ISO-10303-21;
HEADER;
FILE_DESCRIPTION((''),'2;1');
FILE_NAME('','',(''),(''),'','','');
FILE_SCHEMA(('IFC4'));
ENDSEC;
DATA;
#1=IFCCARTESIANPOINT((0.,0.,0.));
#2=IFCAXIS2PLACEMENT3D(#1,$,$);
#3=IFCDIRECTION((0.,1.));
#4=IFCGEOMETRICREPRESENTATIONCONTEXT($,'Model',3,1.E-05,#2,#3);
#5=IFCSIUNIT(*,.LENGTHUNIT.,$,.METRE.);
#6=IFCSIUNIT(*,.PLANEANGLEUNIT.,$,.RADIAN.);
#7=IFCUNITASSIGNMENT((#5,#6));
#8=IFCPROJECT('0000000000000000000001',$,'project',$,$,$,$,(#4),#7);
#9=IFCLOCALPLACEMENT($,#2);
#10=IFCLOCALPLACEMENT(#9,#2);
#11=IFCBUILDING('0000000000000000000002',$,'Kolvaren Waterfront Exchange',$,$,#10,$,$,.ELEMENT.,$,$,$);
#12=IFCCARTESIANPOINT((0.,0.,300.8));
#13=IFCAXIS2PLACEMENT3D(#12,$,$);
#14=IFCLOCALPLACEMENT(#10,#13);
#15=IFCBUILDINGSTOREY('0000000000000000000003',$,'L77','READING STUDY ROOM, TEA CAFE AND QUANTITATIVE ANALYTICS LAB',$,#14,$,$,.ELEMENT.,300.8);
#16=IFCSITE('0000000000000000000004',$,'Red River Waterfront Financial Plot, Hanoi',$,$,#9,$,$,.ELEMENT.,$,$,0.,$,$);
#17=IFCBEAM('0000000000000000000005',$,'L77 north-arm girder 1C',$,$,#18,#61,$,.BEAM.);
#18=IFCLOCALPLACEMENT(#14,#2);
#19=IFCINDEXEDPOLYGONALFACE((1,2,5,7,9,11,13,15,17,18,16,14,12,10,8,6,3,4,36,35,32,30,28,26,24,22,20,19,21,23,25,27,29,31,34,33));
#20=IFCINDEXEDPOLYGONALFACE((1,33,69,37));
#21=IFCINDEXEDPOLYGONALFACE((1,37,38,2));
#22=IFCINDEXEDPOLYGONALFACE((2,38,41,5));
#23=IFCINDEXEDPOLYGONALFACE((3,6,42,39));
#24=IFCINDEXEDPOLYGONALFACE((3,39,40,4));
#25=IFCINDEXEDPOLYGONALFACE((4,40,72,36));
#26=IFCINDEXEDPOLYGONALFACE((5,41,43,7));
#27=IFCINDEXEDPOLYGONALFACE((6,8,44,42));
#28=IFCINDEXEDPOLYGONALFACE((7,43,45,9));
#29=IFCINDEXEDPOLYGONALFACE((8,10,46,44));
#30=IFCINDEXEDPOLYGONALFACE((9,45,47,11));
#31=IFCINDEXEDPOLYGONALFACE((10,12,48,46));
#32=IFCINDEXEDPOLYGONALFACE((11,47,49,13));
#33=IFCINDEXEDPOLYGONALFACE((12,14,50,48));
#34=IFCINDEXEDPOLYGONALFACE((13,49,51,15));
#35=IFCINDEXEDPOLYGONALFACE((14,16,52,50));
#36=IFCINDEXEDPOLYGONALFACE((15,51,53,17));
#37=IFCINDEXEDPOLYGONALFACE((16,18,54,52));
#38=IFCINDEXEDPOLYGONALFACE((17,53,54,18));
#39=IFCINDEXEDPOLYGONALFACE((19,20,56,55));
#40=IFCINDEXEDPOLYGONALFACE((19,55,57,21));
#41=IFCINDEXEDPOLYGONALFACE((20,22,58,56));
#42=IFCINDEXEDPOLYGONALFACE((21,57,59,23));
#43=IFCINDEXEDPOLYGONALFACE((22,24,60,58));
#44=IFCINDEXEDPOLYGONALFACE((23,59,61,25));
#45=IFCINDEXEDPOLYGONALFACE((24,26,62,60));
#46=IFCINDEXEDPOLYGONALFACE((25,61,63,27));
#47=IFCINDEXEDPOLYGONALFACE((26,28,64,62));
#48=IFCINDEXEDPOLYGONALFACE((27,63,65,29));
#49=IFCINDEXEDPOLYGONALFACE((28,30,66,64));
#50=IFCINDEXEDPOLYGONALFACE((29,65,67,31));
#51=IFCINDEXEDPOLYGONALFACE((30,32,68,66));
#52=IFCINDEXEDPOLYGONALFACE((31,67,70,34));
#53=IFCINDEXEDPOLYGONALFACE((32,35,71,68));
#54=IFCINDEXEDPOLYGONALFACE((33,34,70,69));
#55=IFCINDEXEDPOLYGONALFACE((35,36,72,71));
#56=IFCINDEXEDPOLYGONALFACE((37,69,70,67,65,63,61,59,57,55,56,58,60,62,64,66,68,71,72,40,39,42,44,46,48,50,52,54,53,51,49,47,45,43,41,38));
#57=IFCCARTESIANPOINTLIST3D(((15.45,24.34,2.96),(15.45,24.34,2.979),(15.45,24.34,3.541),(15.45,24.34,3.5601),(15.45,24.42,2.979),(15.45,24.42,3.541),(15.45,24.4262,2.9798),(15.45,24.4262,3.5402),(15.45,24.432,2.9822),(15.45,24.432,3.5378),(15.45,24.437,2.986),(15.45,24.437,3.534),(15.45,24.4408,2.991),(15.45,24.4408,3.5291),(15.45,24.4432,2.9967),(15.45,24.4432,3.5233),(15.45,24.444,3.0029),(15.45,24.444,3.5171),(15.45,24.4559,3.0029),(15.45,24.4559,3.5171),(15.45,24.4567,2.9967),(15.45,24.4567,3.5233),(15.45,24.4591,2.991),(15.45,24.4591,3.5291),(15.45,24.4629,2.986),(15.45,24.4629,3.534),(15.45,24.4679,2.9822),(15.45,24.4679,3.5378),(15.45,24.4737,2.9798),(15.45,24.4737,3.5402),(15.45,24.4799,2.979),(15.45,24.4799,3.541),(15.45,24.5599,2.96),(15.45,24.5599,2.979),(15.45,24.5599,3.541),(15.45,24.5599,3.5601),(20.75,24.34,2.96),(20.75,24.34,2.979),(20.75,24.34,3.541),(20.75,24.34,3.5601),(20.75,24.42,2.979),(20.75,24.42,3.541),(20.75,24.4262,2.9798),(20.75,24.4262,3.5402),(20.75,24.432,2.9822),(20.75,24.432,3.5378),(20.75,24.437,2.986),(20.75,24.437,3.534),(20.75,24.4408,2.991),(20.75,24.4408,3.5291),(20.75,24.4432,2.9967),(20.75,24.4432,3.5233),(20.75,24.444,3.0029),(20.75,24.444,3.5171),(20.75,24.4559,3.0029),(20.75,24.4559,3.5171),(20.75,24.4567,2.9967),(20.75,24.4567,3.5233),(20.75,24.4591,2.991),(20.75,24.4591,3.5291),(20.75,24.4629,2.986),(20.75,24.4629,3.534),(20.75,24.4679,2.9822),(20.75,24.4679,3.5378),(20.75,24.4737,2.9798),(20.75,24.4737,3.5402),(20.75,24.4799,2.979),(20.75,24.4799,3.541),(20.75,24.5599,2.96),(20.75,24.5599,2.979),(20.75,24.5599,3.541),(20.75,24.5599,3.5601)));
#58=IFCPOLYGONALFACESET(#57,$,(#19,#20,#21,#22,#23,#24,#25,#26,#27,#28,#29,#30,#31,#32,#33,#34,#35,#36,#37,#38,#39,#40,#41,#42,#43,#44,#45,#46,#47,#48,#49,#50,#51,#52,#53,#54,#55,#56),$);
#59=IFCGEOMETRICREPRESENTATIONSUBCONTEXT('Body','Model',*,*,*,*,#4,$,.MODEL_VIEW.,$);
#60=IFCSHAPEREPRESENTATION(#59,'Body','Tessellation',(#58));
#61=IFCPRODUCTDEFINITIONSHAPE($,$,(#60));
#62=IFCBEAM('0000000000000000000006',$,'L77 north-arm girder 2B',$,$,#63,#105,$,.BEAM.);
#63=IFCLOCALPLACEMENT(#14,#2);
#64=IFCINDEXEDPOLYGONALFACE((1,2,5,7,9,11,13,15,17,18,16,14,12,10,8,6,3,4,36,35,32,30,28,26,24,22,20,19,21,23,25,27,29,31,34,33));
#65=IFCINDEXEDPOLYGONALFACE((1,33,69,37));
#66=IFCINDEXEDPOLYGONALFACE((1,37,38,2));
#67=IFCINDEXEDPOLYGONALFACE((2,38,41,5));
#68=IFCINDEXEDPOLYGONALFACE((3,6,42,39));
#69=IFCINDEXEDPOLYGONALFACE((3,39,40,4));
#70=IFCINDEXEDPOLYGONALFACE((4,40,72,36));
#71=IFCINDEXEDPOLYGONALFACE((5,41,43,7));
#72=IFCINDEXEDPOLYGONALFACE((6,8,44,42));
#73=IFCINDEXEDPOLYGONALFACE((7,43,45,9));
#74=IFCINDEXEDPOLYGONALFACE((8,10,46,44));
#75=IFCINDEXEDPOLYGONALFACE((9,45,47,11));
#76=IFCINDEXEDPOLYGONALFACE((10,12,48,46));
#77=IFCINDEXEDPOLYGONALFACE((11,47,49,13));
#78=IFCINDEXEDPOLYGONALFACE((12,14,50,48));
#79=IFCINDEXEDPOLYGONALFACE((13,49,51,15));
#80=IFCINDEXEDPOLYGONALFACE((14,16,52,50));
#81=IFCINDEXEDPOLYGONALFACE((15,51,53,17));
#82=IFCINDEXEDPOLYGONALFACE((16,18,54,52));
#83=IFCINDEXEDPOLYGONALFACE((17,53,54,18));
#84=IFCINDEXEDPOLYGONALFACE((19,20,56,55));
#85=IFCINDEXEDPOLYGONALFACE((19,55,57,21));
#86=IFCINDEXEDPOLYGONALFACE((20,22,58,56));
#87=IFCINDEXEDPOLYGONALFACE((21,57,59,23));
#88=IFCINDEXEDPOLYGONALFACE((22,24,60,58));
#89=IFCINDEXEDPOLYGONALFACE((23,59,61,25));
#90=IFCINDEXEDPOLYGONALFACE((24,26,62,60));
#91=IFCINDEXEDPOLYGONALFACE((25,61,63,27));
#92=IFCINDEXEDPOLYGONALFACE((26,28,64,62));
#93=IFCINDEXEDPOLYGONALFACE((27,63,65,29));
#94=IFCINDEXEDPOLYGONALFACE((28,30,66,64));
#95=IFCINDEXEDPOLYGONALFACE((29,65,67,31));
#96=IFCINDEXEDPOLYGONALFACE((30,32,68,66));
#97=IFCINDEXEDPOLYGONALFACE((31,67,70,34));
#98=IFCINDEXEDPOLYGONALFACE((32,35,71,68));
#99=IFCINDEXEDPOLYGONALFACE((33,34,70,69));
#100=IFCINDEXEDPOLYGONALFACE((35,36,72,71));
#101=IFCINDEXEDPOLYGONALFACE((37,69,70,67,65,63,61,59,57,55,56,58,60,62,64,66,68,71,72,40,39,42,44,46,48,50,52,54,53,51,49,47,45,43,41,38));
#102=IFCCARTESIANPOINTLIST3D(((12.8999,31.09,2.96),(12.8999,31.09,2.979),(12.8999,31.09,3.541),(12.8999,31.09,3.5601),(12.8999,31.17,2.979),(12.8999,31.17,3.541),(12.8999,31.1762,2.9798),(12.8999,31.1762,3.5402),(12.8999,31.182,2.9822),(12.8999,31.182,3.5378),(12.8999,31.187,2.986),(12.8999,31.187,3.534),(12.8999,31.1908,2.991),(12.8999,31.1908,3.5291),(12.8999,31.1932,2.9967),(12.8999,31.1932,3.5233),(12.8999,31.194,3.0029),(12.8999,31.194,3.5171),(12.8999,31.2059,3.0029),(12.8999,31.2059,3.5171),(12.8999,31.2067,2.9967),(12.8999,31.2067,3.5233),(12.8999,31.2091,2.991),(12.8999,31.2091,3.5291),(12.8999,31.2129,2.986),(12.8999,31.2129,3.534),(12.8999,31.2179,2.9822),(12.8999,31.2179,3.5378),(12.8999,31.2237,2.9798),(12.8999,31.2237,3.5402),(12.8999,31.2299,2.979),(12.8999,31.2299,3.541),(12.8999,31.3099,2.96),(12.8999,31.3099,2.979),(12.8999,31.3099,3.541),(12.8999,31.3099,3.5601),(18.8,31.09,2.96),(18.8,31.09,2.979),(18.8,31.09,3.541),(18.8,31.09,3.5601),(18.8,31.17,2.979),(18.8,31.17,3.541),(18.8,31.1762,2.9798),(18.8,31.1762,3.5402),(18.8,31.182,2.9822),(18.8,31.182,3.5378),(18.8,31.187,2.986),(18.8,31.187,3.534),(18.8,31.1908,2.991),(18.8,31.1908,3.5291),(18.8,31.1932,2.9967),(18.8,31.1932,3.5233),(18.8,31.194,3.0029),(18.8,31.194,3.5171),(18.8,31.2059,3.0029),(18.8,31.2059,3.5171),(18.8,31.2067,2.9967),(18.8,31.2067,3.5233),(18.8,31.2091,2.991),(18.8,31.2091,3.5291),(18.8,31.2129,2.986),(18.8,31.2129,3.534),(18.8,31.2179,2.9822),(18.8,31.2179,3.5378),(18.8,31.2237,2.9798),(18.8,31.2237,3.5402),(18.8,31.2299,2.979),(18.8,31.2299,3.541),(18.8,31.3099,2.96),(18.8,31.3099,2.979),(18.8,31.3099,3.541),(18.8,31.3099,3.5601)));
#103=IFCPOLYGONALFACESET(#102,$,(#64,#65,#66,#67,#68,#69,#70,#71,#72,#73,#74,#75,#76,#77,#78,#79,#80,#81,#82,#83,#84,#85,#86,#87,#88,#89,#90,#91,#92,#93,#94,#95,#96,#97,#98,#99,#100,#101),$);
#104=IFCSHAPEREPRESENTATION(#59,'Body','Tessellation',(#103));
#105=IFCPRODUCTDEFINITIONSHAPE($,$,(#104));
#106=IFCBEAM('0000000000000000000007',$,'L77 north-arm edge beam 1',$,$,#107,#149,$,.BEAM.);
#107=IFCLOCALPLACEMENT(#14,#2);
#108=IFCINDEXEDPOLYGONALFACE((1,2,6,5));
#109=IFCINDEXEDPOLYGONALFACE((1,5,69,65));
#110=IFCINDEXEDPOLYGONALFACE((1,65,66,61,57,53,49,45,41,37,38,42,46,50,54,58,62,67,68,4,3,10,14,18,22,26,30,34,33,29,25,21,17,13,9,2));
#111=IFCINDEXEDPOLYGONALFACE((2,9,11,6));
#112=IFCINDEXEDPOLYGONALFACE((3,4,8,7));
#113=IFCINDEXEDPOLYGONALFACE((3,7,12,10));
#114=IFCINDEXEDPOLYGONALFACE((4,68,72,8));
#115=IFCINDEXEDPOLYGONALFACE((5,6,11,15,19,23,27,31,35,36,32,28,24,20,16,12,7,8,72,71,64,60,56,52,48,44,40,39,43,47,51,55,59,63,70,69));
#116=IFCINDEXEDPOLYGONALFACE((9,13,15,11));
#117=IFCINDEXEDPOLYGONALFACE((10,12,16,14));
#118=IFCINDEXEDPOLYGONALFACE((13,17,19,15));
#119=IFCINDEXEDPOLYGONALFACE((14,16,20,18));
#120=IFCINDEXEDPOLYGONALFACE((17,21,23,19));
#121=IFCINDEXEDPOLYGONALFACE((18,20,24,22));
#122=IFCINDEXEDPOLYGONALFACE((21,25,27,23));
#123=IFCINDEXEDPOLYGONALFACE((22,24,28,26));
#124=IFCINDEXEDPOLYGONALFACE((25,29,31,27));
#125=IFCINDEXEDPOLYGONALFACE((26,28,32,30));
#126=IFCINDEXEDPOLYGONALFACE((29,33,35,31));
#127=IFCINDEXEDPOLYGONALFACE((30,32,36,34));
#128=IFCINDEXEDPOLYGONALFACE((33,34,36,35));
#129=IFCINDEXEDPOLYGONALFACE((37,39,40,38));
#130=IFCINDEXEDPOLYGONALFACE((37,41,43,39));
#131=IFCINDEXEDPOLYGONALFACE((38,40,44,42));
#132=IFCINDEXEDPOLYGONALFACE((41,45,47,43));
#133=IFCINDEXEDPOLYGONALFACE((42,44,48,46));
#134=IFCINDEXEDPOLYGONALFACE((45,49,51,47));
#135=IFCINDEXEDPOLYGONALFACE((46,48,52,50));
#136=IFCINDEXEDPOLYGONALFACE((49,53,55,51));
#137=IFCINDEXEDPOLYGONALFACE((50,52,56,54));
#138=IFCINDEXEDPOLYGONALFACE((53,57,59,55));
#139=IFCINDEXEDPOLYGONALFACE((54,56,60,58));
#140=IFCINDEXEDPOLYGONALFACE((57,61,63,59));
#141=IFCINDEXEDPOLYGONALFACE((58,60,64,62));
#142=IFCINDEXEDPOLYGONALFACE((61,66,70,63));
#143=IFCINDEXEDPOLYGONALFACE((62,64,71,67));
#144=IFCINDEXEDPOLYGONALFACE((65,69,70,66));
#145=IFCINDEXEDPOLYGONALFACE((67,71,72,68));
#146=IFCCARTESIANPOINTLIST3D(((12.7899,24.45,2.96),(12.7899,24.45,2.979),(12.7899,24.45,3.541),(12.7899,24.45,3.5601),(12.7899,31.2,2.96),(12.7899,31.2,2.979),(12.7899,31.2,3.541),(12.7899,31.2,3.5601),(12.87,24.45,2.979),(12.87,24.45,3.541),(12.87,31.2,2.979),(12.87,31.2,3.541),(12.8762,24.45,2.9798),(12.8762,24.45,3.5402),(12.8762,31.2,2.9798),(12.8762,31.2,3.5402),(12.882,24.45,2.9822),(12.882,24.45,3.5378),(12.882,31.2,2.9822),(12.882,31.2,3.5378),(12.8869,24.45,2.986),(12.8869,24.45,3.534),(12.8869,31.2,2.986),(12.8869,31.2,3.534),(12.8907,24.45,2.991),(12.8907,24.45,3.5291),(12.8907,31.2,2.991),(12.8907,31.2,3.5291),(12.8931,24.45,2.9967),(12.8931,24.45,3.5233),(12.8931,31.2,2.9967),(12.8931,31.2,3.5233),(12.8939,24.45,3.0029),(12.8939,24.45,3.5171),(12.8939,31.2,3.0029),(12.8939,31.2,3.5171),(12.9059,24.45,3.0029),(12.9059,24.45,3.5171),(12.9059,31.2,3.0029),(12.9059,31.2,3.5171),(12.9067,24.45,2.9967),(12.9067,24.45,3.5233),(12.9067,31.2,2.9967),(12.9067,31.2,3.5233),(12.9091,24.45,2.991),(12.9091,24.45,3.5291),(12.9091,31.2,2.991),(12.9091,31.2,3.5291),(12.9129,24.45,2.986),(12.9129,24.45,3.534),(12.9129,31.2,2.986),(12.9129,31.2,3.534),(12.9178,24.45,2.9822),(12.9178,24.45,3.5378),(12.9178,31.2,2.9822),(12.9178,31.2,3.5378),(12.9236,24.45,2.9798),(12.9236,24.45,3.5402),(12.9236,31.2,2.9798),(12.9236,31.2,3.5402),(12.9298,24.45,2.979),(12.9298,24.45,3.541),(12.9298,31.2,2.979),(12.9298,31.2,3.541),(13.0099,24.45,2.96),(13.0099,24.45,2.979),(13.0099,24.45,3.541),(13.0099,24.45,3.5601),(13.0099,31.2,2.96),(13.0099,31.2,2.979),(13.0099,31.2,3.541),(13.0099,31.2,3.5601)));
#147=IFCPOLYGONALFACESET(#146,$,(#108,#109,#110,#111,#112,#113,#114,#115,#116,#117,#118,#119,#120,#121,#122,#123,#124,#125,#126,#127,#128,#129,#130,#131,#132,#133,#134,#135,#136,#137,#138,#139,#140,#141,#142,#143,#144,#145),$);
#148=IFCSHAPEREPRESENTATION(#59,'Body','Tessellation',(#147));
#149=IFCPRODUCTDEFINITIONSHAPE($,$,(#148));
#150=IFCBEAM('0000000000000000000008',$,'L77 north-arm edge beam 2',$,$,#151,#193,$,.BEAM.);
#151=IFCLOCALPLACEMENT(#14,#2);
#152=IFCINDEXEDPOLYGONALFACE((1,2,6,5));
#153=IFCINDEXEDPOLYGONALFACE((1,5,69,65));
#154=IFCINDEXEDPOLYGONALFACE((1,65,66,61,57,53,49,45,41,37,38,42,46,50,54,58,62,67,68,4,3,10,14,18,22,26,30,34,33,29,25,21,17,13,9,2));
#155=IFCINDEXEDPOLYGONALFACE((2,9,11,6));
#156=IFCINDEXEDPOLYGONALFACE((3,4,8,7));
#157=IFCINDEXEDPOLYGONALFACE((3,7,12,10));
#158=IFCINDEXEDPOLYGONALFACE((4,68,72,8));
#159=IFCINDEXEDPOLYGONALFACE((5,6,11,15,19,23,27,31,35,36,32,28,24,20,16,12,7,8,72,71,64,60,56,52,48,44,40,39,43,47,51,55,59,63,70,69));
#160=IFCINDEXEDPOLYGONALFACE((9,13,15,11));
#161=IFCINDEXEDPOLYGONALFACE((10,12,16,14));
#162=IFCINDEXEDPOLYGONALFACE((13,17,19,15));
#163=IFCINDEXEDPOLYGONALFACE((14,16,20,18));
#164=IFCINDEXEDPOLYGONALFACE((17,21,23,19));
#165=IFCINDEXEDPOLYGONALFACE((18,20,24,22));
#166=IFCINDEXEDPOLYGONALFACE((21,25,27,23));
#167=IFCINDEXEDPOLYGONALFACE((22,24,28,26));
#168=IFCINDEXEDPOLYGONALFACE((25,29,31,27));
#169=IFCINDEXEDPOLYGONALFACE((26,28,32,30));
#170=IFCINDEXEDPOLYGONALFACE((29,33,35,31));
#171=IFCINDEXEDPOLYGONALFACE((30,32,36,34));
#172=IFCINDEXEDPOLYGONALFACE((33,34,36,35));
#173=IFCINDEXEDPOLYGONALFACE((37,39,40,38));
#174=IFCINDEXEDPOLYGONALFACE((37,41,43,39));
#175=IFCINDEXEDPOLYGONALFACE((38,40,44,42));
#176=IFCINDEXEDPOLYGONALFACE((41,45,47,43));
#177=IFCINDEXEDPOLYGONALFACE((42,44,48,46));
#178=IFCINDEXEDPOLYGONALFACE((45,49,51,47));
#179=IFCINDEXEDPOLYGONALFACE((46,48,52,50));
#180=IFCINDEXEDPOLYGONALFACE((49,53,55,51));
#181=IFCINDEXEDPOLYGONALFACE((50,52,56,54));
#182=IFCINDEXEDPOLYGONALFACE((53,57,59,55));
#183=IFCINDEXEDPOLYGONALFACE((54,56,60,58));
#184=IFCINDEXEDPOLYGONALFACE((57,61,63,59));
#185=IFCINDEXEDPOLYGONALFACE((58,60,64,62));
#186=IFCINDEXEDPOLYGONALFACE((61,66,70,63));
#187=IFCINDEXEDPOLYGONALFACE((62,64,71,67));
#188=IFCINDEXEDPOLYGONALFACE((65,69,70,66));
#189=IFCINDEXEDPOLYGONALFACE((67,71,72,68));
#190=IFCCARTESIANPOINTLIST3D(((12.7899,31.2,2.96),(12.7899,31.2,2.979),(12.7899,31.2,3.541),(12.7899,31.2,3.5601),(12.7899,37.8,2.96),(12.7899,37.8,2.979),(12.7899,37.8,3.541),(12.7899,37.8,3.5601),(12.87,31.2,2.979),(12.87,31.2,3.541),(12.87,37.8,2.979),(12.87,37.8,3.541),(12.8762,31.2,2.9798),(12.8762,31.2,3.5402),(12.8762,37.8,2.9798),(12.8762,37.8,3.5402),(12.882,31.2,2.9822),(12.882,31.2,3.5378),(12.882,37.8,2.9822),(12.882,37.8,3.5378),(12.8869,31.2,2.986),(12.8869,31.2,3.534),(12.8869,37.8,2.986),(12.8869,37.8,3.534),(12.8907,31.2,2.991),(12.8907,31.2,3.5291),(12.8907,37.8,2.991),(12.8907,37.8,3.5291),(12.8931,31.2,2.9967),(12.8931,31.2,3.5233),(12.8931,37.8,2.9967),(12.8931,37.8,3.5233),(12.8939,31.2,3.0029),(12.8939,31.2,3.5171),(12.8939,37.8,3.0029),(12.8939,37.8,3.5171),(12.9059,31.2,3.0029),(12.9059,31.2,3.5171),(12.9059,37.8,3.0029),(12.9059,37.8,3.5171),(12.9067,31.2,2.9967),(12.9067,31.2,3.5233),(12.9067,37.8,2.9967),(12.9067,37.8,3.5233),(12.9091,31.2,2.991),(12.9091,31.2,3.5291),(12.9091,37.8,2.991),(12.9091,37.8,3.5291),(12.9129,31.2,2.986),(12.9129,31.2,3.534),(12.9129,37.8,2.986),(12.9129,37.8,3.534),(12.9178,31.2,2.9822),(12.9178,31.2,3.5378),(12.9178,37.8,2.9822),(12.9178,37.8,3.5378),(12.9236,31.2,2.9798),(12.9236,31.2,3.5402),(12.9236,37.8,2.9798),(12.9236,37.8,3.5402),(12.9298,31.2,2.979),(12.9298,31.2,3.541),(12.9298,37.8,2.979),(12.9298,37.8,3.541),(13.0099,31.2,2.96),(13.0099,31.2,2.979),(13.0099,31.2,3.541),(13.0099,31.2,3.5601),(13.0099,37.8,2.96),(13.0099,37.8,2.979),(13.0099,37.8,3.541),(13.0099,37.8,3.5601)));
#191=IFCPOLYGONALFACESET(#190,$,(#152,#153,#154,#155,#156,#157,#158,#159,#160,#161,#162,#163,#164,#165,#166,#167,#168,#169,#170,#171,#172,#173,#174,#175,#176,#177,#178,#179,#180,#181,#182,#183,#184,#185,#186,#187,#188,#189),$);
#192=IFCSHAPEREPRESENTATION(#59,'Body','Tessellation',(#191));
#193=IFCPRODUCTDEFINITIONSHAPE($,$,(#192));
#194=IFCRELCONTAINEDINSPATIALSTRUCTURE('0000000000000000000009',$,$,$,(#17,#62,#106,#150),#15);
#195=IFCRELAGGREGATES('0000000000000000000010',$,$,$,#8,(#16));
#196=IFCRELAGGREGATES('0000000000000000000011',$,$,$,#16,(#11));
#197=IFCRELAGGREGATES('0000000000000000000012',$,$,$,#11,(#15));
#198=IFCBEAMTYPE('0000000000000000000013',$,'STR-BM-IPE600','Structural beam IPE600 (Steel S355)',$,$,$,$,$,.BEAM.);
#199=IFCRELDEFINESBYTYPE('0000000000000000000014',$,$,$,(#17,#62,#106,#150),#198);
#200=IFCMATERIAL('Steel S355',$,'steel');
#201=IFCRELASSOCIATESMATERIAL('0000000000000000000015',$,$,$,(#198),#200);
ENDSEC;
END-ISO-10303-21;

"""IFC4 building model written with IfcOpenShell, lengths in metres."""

from ifc_helpers import new_model, si_unit, direction, frame, origin, origin_2d, place, context, subcontext, project, spatial, i_section, extrude, material, material_profile, profile_set, type_object, element, save


model = new_model("IFC4")

# Units and contexts
model_context = context("Model", 3, precision=1e-05, world=origin(), true_north=direction((0.0, 1.0)))
body_context = subcontext(model_context, "Body", "Model", "MODEL_VIEW")
ifc_project = project(units=[si_unit("LENGTHUNIT", "METRE"), si_unit("PLANEANGLEUNIT", "RADIAN")], contexts=[model_context])

# Site, building, storey
site_placement = place(None, origin())
site = spatial("IfcSite", under=ifc_project, at=site_placement, Name="Red River Waterfront Financial Plot, Hanoi", CompositionType="ELEMENT", RefElevation=0.0)
building_placement = place(site_placement, origin())
building = spatial("IfcBuilding", under=site, at=building_placement, Name="Kolvaren Waterfront Exchange", CompositionType="ELEMENT")
storey_placement = place(building_placement, frame((0.0, 0.0, 300.8)))
storey = spatial("IfcBuildingStorey", under=building, at=storey_placement, Name="L77", Description="READING STUDY ROOM, TEA CAFE AND QUANTITATIVE ANALYTICS LAB", CompositionType="ELEMENT", Elevation=300.8)

# Beams
ifc_material_1 = material(Name="Steel S355", Category="steel")
ifc_material_profile_1 = material_profile(ifc_material_1, i_section(OverallWidth=0.22, OverallDepth=0.6001, WebThickness=0.012, FlangeThickness=0.019, FilletRadius=0.0239, at=origin_2d()), Name="IPE600")
ifc_profile_set_1 = profile_set([ifc_material_profile_1], Name="Steel S355")
beam_type_1 = type_object("IfcBeamType", Name="STR-BM-IPE600", Description="Structural beam IPE600 (Steel S355)", PredefinedType="BEAM", material=ifc_profile_set_1)
beam_1_placement = place(storey_placement, frame((15.45, 24.45, 3.26), z_axis=(1.0, 0.0, 0.0), x_axis=(0.0, 1.0, 0.0)))
element("IfcBeam", 1, at=beam_1_placement, inside=storey, type_object=beam_type_1, Name="L77 north-arm girder 1C", PredefinedType="BEAM", context=body_context, shape_type="SweptSolid", body=[
    extrude(i_section(OverallWidth=0.22, OverallDepth=0.6001, WebThickness=0.012, FlangeThickness=0.019, FilletRadius=0.0239, at=origin_2d()), origin(), (0.0, 0.0, 1.0), 5.3),
])
beam_2_placement = place(storey_placement, frame((12.8999, 31.2, 3.26), z_axis=(1.0, 0.0, 0.0), x_axis=(0.0, 1.0, 0.0)))
element("IfcBeam", 2, at=beam_2_placement, inside=storey, type_object=beam_type_1, Name="L77 north-arm girder 2B", PredefinedType="BEAM", context=body_context, shape_type="SweptSolid", body=[
    extrude(i_section(OverallWidth=0.22, OverallDepth=0.6001, WebThickness=0.012, FlangeThickness=0.019, FilletRadius=0.0239, at=origin_2d()), origin(), (0.0, 0.0, 1.0), 5.9001),
])
beam_3_placement = place(storey_placement, frame((12.8999, 24.45, 3.26), z_axis=(0.0, 1.0, 0.0), x_axis=(-1.0, 0.0, 0.0)))
element("IfcBeam", 3, at=beam_3_placement, inside=storey, type_object=beam_type_1, Name="L77 north-arm edge beam 1", PredefinedType="BEAM", context=body_context, shape_type="SweptSolid", body=[
    extrude(i_section(OverallWidth=0.22, OverallDepth=0.6001, WebThickness=0.012, FlangeThickness=0.019, FilletRadius=0.0239, at=origin_2d()), origin(), (0.0, 0.0, 1.0), 6.75),
])
beam_4_placement = place(storey_placement, frame((12.8999, 31.2, 3.26), z_axis=(0.0, 1.0, 0.0), x_axis=(-1.0, 0.0, 0.0)))
element("IfcBeam", 4, at=beam_4_placement, inside=storey, type_object=beam_type_1, Name="L77 north-arm edge beam 2", PredefinedType="BEAM", context=body_context, shape_type="SweptSolid", body=[
    extrude(i_section(OverallWidth=0.22, OverallDepth=0.6001, WebThickness=0.012, FlangeThickness=0.019, FilletRadius=0.0239, at=origin_2d()), origin(), (0.0, 0.0, 1.0), 6.6001),
])

save(model, "model.ifc")
